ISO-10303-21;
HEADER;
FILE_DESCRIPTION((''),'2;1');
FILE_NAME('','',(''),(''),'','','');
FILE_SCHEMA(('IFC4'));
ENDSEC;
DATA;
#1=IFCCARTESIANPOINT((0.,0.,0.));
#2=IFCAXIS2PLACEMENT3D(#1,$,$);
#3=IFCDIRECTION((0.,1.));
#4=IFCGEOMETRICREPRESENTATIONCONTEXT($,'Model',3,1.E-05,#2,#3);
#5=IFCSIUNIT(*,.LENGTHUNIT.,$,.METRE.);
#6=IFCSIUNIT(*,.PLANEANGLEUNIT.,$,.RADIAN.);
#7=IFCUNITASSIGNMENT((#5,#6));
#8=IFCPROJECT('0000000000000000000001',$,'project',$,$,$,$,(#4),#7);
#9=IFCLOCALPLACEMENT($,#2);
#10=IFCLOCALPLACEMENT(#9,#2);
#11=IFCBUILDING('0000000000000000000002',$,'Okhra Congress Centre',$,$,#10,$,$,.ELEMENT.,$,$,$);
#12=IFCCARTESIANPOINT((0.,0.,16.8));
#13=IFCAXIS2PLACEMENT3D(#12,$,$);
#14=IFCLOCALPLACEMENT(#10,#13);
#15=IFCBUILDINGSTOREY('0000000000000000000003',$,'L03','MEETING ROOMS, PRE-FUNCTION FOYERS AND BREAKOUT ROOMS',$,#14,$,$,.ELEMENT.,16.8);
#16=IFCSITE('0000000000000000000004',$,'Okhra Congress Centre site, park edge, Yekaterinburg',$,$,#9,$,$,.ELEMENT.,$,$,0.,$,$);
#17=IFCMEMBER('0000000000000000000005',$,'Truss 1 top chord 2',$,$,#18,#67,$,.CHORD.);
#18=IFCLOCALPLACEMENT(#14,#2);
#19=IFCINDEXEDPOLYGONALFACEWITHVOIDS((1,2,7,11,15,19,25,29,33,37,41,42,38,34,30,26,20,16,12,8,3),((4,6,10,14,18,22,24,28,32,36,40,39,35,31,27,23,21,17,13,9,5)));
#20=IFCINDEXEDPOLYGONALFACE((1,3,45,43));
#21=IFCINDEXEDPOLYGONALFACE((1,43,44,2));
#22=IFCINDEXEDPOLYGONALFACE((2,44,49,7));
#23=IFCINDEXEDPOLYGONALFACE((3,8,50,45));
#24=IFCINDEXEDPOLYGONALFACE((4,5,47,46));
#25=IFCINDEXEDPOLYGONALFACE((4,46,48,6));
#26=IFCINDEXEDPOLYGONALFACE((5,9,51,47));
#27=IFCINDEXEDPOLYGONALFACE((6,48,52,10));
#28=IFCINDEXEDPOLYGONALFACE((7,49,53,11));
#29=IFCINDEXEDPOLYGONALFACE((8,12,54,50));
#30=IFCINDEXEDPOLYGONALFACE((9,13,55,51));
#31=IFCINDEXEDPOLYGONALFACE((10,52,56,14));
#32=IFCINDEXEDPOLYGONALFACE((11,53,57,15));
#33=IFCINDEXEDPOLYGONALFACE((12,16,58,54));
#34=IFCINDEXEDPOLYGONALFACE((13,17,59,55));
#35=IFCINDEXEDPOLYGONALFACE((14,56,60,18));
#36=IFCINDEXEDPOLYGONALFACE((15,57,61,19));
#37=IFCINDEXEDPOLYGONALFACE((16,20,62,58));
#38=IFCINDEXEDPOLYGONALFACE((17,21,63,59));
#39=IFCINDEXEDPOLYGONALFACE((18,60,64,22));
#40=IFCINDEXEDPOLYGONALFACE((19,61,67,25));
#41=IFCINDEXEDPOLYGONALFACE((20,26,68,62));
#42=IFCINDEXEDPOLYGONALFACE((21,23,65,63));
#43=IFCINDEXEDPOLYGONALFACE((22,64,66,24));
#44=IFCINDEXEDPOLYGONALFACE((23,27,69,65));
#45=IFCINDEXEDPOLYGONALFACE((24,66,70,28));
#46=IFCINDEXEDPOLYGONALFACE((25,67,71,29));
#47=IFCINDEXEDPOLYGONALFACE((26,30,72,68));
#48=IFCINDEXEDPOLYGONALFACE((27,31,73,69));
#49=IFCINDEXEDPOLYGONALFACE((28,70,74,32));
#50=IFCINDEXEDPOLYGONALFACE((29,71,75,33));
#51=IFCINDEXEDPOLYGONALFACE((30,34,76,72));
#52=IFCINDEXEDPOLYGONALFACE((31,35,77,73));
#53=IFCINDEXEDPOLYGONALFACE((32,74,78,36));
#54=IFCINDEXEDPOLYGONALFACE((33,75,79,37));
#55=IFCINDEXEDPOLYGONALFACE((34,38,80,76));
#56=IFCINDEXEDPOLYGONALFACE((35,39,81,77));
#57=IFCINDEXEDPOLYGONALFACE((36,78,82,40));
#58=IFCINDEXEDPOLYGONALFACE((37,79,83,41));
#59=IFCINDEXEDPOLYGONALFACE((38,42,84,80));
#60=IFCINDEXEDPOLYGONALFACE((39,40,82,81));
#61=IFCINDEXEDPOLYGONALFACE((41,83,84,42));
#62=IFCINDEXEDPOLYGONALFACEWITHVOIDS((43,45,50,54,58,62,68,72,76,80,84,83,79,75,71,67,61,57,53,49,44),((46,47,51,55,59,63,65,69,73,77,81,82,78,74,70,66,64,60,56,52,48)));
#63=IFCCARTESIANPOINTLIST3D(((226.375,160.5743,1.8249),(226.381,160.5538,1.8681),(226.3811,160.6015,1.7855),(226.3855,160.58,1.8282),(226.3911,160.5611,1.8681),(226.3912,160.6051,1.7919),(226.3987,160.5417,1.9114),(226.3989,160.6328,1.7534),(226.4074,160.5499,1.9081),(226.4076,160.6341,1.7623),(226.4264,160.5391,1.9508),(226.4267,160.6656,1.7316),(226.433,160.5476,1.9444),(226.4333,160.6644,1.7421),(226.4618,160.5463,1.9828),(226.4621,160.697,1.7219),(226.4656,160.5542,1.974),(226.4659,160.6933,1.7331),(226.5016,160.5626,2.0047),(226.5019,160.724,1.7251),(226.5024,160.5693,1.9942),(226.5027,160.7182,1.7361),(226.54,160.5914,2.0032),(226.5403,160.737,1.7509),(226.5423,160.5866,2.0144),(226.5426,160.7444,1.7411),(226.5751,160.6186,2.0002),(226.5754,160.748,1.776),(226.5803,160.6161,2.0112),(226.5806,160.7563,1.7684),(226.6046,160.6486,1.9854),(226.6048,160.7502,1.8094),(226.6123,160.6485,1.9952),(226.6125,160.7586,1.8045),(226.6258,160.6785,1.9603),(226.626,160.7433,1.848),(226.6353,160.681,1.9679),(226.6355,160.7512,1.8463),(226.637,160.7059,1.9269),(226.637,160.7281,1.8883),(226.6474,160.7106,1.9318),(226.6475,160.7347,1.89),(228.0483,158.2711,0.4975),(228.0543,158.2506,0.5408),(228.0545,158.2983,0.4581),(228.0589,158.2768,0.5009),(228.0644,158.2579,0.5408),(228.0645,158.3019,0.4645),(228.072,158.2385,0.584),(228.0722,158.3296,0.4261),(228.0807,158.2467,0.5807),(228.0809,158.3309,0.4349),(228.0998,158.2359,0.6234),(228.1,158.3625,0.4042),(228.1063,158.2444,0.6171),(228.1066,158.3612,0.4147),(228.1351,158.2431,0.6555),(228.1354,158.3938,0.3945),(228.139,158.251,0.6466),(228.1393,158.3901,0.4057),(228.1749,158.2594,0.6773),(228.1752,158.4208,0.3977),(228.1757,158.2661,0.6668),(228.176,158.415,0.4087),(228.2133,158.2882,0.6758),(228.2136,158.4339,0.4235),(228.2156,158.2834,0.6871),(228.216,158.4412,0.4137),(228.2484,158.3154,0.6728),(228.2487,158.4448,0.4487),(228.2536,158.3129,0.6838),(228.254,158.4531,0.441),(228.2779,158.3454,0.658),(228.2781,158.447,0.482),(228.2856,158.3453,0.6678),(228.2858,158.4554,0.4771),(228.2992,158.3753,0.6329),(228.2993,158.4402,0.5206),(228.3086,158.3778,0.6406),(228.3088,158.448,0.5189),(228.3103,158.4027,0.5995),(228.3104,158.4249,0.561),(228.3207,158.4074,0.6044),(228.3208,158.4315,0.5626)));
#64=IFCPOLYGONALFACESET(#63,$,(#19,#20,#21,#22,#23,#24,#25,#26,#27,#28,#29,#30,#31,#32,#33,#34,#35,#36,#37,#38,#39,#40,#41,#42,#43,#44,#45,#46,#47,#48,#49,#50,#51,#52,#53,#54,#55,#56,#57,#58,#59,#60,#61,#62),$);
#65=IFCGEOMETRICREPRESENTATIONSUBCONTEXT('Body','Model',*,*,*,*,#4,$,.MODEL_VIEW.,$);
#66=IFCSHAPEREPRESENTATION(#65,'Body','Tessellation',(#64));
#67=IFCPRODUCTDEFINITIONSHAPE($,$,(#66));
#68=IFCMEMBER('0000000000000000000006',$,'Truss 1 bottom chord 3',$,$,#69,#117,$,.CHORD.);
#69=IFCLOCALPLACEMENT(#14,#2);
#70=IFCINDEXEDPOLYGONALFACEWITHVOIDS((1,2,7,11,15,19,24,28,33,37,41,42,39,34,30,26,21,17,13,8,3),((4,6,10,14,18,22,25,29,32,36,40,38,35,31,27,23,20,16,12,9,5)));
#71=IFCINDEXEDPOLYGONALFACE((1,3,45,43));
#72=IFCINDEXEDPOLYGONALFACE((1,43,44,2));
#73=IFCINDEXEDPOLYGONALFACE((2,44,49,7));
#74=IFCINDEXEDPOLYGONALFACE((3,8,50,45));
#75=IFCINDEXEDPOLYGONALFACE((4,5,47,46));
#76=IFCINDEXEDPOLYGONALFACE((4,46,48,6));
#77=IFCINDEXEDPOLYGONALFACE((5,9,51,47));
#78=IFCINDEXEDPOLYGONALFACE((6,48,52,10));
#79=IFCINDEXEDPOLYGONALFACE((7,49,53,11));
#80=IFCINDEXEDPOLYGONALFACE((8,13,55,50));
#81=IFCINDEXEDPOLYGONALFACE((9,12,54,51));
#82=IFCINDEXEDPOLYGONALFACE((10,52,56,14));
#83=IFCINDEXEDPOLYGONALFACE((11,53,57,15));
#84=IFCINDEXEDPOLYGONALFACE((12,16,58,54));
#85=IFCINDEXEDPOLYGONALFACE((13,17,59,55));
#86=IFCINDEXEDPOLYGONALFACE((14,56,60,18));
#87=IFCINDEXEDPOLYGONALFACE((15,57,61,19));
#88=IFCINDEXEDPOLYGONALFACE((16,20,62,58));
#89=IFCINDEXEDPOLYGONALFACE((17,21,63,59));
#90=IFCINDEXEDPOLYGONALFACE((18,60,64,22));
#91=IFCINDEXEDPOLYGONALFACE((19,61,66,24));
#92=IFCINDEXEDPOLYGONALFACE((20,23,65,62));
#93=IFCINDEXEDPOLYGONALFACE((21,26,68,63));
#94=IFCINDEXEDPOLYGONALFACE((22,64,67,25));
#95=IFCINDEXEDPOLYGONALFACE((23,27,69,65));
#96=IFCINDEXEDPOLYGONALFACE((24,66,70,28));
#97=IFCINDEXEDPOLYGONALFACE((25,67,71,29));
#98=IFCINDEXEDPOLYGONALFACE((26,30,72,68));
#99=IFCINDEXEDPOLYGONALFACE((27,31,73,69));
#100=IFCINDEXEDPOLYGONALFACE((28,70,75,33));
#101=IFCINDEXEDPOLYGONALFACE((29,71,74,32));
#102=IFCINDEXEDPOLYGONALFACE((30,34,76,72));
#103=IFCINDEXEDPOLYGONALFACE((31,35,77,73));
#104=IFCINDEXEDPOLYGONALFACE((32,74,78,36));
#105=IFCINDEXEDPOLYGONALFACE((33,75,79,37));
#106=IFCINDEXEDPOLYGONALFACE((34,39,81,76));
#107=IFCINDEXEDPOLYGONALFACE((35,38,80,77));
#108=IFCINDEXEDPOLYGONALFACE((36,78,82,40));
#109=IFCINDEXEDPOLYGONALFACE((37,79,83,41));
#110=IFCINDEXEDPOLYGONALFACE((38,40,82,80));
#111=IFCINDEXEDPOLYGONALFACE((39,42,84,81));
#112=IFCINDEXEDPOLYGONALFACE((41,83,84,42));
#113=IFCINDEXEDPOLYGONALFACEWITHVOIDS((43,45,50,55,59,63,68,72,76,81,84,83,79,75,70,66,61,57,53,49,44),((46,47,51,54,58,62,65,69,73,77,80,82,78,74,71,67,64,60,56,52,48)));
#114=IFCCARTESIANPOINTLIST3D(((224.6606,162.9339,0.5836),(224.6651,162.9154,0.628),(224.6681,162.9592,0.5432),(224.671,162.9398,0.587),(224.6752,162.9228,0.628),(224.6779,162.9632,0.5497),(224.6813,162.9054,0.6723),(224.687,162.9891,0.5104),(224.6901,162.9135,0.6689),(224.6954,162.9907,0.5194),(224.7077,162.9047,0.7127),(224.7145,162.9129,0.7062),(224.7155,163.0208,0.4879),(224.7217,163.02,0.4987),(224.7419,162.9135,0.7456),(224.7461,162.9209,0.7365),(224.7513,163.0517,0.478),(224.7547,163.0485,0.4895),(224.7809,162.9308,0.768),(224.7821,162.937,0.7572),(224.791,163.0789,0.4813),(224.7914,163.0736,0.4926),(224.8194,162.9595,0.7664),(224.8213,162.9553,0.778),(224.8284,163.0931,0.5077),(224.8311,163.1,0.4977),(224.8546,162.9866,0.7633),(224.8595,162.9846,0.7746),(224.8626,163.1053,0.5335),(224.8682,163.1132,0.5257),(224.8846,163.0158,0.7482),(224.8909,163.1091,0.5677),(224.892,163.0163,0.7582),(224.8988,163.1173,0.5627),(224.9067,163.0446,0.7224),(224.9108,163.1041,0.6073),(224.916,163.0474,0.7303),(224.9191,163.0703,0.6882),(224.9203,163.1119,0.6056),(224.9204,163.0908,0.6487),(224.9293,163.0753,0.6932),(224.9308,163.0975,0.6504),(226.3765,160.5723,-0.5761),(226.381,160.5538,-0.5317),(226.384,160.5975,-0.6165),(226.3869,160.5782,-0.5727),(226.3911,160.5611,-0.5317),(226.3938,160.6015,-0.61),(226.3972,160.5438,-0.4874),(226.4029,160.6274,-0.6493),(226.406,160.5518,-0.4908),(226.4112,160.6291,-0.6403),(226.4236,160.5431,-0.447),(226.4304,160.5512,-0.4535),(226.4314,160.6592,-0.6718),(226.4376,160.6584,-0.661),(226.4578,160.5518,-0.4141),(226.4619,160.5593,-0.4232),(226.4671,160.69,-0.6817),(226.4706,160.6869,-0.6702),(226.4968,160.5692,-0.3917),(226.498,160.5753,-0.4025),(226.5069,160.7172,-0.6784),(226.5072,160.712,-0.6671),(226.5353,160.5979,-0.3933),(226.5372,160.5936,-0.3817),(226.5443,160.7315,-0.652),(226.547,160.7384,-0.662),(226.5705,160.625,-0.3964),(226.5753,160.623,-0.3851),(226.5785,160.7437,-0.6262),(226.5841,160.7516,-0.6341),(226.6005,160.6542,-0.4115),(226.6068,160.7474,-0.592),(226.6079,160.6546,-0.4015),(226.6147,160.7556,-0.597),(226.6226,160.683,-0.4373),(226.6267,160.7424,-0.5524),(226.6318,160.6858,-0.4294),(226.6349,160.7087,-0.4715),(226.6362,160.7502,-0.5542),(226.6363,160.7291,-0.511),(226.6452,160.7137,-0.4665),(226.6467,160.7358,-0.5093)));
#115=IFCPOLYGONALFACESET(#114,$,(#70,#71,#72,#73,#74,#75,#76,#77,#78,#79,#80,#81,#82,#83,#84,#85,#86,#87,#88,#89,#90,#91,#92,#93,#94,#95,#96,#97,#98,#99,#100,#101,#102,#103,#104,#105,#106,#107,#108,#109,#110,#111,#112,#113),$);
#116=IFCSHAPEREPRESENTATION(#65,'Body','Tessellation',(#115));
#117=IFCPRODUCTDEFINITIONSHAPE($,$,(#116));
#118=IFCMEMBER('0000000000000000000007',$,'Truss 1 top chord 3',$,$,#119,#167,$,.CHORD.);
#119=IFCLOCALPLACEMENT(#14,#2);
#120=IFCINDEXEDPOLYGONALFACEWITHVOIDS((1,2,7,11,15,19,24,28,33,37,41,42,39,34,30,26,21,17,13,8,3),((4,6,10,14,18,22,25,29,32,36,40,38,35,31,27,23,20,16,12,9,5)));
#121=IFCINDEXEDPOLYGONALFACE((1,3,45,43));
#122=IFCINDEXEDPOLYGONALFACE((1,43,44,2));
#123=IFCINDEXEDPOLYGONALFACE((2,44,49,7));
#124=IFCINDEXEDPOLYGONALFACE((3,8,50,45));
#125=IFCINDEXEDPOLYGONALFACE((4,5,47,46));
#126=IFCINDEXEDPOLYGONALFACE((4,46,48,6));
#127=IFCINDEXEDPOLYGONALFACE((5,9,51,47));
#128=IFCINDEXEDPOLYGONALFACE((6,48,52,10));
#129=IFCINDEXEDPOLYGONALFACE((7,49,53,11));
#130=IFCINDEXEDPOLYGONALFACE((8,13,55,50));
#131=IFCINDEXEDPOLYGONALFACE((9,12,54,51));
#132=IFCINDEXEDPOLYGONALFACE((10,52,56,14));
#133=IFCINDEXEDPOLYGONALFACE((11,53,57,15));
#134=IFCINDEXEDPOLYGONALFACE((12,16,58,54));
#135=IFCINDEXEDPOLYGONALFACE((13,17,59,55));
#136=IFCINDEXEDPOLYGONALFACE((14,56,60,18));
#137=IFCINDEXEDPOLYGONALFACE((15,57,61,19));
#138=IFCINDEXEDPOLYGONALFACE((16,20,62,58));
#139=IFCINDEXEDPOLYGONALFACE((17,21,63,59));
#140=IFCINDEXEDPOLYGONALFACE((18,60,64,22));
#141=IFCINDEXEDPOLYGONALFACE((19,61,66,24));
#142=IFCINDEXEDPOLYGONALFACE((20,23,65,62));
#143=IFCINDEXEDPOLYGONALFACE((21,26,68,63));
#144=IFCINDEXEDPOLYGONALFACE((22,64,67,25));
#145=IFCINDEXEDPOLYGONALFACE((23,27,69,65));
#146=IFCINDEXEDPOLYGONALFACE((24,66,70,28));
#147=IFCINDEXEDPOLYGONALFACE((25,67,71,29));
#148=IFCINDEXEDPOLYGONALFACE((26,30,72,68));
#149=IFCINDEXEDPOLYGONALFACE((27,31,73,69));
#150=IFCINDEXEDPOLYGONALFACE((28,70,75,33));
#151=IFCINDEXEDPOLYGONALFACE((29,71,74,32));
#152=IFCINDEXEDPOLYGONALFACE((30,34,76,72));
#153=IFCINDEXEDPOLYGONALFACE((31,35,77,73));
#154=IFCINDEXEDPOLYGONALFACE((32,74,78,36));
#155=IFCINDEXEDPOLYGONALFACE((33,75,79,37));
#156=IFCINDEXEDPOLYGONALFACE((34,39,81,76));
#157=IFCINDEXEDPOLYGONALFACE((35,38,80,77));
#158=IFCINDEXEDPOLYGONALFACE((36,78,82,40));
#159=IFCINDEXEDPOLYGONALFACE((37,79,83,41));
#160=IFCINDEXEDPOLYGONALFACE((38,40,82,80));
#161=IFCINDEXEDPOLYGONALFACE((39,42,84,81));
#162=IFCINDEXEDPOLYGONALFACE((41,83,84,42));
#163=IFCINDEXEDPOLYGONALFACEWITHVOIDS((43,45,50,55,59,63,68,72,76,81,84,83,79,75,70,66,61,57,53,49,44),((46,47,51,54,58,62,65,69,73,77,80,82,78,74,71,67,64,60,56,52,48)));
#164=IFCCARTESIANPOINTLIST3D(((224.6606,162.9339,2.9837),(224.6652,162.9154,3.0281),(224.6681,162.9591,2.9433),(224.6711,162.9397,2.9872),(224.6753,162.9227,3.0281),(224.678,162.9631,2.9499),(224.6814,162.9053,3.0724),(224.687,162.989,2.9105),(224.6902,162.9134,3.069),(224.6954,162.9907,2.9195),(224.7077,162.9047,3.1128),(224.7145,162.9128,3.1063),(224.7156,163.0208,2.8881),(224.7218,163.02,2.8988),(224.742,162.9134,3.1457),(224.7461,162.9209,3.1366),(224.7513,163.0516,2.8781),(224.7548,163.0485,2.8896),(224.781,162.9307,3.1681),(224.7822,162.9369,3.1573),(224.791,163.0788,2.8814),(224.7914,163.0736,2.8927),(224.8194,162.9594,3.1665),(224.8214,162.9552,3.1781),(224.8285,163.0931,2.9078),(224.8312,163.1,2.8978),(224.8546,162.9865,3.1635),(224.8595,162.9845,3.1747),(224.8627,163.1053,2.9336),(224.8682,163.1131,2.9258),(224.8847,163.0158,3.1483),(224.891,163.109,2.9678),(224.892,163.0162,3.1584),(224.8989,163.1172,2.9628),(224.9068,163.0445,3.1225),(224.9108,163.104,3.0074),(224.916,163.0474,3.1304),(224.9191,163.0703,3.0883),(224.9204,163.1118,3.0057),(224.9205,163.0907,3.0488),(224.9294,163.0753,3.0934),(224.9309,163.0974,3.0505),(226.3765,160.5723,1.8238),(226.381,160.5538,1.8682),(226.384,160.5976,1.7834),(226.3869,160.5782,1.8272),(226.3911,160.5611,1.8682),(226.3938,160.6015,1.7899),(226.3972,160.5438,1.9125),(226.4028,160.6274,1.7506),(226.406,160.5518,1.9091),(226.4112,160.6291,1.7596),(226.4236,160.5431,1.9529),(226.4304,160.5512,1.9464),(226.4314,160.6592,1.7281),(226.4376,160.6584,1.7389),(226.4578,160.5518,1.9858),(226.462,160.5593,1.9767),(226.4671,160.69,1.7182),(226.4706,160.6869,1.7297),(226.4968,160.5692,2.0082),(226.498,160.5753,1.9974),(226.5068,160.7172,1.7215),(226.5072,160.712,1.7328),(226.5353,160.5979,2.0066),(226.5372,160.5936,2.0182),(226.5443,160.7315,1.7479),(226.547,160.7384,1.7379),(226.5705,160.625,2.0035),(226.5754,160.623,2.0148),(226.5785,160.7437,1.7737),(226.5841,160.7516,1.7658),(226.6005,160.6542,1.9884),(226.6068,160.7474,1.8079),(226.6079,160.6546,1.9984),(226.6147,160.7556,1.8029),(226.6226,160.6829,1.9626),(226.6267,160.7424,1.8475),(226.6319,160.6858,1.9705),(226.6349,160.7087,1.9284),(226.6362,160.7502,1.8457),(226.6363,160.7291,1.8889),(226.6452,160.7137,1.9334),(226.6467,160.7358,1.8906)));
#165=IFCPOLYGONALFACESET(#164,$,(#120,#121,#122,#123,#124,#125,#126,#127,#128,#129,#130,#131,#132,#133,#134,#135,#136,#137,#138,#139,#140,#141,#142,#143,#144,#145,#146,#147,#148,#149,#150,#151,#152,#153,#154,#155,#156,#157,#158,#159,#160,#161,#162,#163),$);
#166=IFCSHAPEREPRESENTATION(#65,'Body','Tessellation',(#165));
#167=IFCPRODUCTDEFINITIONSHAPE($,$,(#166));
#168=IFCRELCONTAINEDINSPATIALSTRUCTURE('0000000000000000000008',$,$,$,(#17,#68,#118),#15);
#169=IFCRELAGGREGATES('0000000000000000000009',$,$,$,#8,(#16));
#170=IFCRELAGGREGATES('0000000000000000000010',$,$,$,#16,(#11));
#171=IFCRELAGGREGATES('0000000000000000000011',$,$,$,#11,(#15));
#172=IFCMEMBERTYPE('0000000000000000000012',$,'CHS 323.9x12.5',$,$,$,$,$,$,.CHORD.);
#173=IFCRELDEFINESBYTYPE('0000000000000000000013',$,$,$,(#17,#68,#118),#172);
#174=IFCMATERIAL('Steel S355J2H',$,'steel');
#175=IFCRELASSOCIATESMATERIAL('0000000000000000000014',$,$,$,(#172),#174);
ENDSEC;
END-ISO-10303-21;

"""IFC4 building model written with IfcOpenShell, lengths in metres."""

from ifc_helpers import new_model, si_unit, direction, frame, origin, origin_2d, place, context, subcontext, project, spatial, hollow_circle, extrude, material, material_profile, profile_set, type_object, element, save


model = new_model("IFC4")

# Units and contexts
model_context = context("Model", 3, precision=1e-05, world=origin(), true_north=direction((0.0, 1.0)))
body_context = subcontext(model_context, "Body", "Model", "MODEL_VIEW")
ifc_project = project(units=[si_unit("LENGTHUNIT", "METRE"), si_unit("PLANEANGLEUNIT", "RADIAN")], contexts=[model_context])

# Site, building, storey
site_placement = place(None, origin())
site = spatial("IfcSite", under=ifc_project, at=site_placement, Name="Okhra Congress Centre site, park edge, Yekaterinburg", CompositionType="ELEMENT", RefElevation=0.0)
building_placement = place(site_placement, origin())
building = spatial("IfcBuilding", under=site, at=building_placement, Name="Okhra Congress Centre", CompositionType="ELEMENT")
storey_placement = place(building_placement, frame((0.0, 0.0, 16.8)))
storey = spatial("IfcBuildingStorey", under=building, at=storey_placement, Name="L03", Description="MEETING ROOMS, PRE-FUNCTION FOYERS AND BREAKOUT ROOMS", CompositionType="ELEMENT", Elevation=16.8)

# Members
ifc_material_1 = material(Name="Steel S355J2H", Category="steel")
ifc_material_profile_1 = material_profile(ifc_material_1, hollow_circle(Radius=0.1619, WallThickness=0.0125, at=origin_2d()), Name="CHS 323.9x12.5")
ifc_profile_set_1 = profile_set([ifc_material_profile_1], Name="Steel S355J2H")
member_type_1 = type_object("IfcMemberType", Name="CHS 323.9x12.5", PredefinedType="CHORD", material=ifc_profile_set_1)
for number, where, z_axis, x_axis, name in (
    (1, (228.1853, 158.3457, 0.5408), (-0.532714, 0.73324, 0.422581), (-0.809025, -0.587774, 0.0), "Truss 1 top chord 2"),
    (2, (226.512, 160.6489, -0.5317), (-0.546265, 0.751853, 0.369203), (-0.809011, -0.587794, 0.0), "Truss 1 bottom chord 3"),
    (3, (226.512, 160.6489, 1.8682), (-0.54625, 0.751832, 0.36927), (-0.809011, -0.587794, 0.0), "Truss 1 top chord 3"),
):
    element("IfcMember", number, at=place(storey_placement, frame(where, z_axis=z_axis, x_axis=x_axis)), inside=storey, type_object=member_type_1, Name=name, PredefinedType="CHORD", context=body_context, shape_type="SweptSolid", body=[
        extrude(hollow_circle(Radius=0.1619, WallThickness=0.0125, at=origin_2d()), origin(), (0.0, 0.0, 1.0), 3.1411),
    ])

save(model, "model.ifc")
